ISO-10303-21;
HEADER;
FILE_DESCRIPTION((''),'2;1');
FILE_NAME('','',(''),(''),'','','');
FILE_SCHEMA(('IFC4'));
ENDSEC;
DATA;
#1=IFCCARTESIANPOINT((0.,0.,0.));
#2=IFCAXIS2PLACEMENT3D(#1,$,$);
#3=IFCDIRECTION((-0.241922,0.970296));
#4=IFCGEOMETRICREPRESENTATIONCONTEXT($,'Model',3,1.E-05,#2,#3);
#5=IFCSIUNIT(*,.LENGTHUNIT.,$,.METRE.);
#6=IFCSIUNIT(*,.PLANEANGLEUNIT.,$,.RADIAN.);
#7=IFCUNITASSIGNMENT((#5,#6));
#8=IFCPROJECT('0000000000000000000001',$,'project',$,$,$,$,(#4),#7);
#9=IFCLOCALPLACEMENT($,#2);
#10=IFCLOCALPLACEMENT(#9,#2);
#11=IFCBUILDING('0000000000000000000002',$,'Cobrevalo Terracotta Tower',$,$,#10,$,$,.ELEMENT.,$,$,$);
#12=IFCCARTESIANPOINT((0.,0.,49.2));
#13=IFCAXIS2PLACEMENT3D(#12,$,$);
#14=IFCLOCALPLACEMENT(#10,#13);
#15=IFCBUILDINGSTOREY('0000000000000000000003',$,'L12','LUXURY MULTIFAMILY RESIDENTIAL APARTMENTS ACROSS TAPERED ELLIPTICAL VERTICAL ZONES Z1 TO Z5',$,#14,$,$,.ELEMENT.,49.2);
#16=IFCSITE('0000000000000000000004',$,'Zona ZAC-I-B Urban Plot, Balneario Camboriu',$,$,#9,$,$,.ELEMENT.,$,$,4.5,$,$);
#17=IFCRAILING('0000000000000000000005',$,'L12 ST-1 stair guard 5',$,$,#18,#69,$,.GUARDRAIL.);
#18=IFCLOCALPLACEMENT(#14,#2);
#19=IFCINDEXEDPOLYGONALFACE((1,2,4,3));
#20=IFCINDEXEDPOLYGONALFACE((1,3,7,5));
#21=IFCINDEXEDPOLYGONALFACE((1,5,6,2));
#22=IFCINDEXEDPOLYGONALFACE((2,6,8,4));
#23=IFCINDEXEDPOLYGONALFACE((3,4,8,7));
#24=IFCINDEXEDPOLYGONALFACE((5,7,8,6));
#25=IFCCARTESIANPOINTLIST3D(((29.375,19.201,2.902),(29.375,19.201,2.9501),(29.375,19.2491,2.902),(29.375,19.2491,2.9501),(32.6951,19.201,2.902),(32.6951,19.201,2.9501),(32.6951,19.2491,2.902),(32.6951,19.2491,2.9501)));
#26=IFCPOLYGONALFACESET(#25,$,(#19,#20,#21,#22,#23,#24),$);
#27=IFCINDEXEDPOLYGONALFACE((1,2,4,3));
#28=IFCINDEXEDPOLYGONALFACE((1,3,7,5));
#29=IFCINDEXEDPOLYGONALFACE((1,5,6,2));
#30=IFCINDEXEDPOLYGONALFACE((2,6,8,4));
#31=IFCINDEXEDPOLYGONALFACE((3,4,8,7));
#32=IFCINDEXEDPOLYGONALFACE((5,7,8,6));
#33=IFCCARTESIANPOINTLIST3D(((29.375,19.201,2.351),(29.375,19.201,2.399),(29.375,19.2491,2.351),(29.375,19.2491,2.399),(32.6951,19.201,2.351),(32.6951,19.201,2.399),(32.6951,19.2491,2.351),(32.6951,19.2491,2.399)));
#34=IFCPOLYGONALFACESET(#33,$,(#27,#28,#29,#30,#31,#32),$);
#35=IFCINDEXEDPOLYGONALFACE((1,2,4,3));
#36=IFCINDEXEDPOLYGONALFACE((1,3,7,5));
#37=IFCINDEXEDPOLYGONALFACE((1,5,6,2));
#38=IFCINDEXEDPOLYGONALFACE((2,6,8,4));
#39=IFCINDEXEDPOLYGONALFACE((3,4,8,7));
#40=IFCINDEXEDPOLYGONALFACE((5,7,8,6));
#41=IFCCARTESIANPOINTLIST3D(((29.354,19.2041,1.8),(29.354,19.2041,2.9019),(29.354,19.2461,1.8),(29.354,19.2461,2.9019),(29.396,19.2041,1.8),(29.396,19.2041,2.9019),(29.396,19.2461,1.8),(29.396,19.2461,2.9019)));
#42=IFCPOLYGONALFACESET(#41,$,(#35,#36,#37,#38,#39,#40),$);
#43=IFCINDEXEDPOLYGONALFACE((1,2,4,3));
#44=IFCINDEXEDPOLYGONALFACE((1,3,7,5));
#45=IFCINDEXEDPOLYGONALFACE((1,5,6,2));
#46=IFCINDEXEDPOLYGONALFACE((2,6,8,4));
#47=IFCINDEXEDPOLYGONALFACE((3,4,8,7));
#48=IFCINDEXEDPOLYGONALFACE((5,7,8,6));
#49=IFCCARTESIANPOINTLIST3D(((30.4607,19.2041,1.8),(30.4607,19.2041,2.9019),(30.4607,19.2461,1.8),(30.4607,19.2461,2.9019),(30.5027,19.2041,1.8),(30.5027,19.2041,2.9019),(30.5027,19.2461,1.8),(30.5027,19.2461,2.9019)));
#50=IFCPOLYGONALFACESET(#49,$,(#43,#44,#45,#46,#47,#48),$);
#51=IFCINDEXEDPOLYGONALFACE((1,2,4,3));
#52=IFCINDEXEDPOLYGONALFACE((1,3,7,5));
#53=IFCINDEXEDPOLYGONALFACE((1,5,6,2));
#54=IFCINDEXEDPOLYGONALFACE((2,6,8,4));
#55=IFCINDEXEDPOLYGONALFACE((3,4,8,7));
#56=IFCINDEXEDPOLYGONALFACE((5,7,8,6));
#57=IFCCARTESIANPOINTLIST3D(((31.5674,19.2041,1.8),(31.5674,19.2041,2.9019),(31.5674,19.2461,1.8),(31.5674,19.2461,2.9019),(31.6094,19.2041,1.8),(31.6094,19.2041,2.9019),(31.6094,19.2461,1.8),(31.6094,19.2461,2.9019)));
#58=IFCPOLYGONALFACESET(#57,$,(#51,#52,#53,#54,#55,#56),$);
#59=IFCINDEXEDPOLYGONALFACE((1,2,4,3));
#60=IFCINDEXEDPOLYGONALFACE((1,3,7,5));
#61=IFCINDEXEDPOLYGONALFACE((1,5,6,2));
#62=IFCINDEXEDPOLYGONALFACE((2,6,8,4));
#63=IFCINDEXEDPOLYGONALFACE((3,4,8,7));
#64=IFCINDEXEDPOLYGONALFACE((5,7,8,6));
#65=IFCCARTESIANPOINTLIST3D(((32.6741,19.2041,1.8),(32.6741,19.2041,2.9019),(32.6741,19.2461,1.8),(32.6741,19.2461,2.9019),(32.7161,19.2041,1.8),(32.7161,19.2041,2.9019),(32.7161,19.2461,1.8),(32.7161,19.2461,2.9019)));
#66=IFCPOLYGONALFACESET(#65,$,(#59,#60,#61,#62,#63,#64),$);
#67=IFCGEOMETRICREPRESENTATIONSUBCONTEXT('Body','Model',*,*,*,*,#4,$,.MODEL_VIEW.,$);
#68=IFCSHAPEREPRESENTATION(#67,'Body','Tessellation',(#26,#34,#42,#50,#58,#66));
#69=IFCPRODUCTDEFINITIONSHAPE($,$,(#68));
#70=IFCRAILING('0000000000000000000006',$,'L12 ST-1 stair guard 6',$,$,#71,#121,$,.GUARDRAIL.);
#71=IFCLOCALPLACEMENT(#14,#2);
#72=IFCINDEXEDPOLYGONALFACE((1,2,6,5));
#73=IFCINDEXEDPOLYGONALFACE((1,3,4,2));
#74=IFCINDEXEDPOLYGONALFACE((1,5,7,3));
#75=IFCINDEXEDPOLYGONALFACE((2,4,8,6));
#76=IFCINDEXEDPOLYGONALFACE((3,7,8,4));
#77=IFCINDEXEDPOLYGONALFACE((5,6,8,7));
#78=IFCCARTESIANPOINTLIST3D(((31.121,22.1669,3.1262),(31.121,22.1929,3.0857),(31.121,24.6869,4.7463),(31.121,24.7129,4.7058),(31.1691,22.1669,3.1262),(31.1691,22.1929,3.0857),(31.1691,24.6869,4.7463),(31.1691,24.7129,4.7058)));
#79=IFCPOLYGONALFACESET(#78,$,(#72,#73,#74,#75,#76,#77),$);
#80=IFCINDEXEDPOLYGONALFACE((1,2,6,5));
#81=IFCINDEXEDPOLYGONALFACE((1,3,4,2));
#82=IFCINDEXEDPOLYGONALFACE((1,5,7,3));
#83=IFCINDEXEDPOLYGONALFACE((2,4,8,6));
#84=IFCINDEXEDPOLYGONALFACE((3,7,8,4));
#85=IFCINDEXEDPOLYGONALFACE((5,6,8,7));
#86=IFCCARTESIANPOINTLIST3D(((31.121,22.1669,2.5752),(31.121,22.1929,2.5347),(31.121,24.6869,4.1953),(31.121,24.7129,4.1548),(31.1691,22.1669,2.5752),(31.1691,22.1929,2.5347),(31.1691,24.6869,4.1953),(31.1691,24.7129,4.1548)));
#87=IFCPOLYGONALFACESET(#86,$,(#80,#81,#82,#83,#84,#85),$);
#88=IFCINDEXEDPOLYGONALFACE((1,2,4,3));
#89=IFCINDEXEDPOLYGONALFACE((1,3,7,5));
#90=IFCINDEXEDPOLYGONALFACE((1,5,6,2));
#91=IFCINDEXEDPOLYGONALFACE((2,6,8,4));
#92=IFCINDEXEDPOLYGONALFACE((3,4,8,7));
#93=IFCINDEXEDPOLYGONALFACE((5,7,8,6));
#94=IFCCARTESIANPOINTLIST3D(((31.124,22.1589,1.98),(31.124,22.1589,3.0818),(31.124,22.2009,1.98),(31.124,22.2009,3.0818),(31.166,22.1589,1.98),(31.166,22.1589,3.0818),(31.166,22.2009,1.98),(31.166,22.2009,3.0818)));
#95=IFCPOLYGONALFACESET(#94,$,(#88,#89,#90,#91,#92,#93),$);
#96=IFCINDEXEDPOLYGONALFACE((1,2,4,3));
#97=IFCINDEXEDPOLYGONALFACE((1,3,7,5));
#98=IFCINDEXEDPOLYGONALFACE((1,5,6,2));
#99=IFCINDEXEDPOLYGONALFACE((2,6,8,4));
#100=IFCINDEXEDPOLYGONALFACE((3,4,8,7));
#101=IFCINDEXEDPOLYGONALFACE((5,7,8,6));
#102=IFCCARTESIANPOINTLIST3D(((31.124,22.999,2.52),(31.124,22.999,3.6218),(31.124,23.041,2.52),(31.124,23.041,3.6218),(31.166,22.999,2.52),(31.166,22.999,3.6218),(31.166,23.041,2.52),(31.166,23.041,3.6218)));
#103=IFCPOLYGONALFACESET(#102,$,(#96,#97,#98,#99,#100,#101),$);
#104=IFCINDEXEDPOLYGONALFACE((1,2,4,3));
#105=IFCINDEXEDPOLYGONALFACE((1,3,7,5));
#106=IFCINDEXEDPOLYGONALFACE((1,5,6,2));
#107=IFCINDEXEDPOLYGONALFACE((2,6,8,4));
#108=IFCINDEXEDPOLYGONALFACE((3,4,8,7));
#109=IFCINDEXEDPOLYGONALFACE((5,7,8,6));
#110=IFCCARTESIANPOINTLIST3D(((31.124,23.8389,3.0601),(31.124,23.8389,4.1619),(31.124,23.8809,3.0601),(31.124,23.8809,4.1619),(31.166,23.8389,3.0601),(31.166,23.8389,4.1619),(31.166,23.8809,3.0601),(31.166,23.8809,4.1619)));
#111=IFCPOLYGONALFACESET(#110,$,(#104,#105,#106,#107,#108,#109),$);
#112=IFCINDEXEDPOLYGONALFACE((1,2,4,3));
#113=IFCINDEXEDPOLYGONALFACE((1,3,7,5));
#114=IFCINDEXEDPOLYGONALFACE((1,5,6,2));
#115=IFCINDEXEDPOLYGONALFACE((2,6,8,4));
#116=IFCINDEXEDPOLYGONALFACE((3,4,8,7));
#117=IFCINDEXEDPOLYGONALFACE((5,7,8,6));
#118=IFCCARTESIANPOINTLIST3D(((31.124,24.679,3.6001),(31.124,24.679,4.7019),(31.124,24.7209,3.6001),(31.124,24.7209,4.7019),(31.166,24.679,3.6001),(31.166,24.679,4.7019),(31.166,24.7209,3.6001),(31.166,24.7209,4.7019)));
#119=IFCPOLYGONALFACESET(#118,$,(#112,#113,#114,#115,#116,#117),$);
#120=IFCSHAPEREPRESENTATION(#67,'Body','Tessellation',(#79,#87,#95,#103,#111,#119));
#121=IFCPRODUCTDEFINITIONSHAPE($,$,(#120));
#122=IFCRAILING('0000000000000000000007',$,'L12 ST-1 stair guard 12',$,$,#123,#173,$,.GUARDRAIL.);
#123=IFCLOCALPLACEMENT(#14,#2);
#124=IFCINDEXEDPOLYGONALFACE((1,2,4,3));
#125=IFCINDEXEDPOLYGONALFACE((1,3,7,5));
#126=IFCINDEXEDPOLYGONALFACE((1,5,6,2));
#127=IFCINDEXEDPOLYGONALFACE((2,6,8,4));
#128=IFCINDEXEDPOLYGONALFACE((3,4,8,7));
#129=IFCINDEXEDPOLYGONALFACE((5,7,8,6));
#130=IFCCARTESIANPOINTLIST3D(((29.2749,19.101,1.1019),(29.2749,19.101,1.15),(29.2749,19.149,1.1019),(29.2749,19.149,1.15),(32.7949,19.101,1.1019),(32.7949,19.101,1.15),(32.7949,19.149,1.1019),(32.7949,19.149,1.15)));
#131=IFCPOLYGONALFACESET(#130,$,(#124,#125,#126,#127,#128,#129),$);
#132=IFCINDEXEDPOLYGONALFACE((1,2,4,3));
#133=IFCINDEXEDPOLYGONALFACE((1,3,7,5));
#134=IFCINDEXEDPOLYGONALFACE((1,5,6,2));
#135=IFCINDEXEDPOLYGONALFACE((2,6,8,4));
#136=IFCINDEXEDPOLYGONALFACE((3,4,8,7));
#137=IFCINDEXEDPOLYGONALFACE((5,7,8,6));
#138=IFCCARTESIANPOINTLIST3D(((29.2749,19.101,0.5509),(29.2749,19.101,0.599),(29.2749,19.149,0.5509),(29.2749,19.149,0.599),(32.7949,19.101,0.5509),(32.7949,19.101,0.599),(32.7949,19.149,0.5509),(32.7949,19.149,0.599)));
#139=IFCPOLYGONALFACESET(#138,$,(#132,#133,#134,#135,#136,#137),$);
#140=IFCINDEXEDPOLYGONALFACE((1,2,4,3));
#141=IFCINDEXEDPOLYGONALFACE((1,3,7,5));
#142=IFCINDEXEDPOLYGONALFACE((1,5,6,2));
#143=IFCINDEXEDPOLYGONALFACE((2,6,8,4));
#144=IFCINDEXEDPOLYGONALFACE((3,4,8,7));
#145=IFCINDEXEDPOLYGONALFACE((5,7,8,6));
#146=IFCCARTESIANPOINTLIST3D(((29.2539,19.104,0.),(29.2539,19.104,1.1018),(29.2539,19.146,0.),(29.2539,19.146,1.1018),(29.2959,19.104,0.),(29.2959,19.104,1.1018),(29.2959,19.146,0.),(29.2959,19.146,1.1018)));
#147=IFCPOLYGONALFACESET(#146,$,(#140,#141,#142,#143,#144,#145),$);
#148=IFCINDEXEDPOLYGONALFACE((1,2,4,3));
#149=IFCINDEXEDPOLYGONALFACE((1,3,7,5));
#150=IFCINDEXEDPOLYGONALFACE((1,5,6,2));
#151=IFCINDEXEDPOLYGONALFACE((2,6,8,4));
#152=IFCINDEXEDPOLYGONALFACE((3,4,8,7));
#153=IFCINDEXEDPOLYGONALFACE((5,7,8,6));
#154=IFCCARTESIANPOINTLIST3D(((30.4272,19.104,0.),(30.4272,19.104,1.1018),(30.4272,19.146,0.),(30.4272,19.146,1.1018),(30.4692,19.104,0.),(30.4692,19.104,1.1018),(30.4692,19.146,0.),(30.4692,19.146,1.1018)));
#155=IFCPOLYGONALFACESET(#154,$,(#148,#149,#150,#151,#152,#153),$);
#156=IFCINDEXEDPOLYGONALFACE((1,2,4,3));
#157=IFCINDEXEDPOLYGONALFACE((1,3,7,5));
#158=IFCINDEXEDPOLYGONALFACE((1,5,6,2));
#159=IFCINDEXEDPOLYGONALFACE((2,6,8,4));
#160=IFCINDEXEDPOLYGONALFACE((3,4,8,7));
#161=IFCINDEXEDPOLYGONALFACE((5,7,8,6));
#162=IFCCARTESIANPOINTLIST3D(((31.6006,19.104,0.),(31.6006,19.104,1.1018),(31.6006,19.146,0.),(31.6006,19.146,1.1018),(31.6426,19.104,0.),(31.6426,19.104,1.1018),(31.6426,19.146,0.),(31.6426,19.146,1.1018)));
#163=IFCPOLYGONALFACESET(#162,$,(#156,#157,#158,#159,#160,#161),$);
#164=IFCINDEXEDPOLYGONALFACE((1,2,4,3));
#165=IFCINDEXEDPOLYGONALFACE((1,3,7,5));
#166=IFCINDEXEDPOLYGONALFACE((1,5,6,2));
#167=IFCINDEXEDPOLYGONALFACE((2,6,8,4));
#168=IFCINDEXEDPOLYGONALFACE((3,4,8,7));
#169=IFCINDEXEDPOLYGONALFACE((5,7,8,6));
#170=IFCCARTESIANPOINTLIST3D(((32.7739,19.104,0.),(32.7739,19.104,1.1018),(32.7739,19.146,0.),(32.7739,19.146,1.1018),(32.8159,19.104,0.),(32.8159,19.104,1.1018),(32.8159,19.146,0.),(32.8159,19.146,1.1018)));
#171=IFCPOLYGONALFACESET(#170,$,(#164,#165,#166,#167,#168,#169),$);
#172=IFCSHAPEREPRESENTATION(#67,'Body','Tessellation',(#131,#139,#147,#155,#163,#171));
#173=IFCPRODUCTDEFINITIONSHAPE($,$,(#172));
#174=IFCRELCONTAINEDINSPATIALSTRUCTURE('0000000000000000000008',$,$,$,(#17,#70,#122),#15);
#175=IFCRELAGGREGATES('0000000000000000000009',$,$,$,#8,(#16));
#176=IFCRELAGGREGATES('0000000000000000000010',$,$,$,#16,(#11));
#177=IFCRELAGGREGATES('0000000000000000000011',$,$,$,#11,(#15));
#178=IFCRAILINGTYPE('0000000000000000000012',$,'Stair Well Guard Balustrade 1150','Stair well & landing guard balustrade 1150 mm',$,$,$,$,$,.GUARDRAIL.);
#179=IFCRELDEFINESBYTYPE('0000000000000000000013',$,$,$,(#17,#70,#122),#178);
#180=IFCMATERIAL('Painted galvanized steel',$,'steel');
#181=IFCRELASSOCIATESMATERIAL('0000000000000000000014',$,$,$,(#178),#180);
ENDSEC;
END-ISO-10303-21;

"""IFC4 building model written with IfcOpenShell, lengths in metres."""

from ifc_helpers import new_model, si_unit, direction, frame, origin, origin_2d, place, context, subcontext, project, spatial, rectangle, extrude, material, type_object, element, save


model = new_model("IFC4")

# Units and contexts
model_context = context("Model", 3, precision=1e-05, world=origin(), true_north=direction((-0.241922, 0.970296)))
body_context = subcontext(model_context, "Body", "Model", "MODEL_VIEW")
ifc_project = project(units=[si_unit("LENGTHUNIT", "METRE"), si_unit("PLANEANGLEUNIT", "RADIAN")], contexts=[model_context])

# Site, building, storey
site_placement = place(None, origin())
site = spatial("IfcSite", under=ifc_project, at=site_placement, Name="Zona ZAC-I-B Urban Plot, Balneario Camboriu", CompositionType="ELEMENT", RefElevation=4.5)
building_placement = place(site_placement, origin())
building = spatial("IfcBuilding", under=site, at=building_placement, Name="Cobrevalo Terracotta Tower", CompositionType="ELEMENT")
storey_placement = place(building_placement, frame((0.0, 0.0, 49.2)))
storey = spatial("IfcBuildingStorey", under=building, at=storey_placement, Name="L12", Description="LUXURY MULTIFAMILY RESIDENTIAL APARTMENTS ACROSS TAPERED ELLIPTICAL VERTICAL ZONES Z1 TO Z5", CompositionType="ELEMENT", Elevation=49.2)

# Railings
ifc_material_1 = material(Name="Painted galvanized steel", Category="steel")
railing_type_1 = type_object("IfcRailingType", Name="Stair Well Guard Balustrade 1150", Description="Stair well & landing guard balustrade 1150 mm", PredefinedType="GUARDRAIL", material=ifc_material_1)
railing_1_placement = place(storey_placement, frame((29.375, 19.2251, 1.8)))
element("IfcRailing", 1, at=railing_1_placement, inside=storey, type_object=railing_type_1, Name="L12 ST-1 stair guard 5", PredefinedType="GUARDRAIL", context=body_context, shape_type="SweptSolid", body=[
    extrude(rectangle(XDim=0.0481, YDim=0.0481, at=origin_2d()), frame((0.0, 0.0, 1.126), z_axis=(1.0, 0.0, 0.0), x_axis=(0.0, 1.0, 0.0)), (0.0, 0.0, 1.0), 3.3201),
    extrude(rectangle(XDim=0.0481, YDim=0.0481, at=origin_2d()), frame((0.0, 0.0, 0.575), z_axis=(1.0, 0.0, 0.0), x_axis=(0.0, 1.0, 0.0)), (0.0, 0.0, 1.0), 3.3201),
    extrude(rectangle(XDim=0.042, YDim=0.042, at=origin_2d()), origin(), (0.0, 0.0, 1.0), 1.1018),
    extrude(rectangle(XDim=0.042, YDim=0.042, at=origin_2d()), frame((1.1067, 0.0, 0.0)), (0.0, 0.0, 1.0), 1.1018),
    extrude(rectangle(XDim=0.042, YDim=0.042, at=origin_2d()), frame((2.2134, 0.0, 0.0)), (0.0, 0.0, 1.0), 1.1018),
    extrude(rectangle(XDim=0.042, YDim=0.042, at=origin_2d()), frame((3.3201, 0.0, 0.0)), (0.0, 0.0, 1.0), 1.1018),
])
railing_2_placement = place(storey_placement, frame((31.145, 22.1799, 1.98)))
element("IfcRailing", 2, at=railing_2_placement, inside=storey, type_object=railing_type_1, Name="L12 ST-1 stair guard 6", PredefinedType="GUARDRAIL", context=body_context, shape_type="SweptSolid", body=[
    extrude(rectangle(XDim=0.0481, YDim=0.0481, at=origin_2d()), frame((0.0, 0.0, 1.126), z_axis=(0.0, 0.841163, 0.540782), x_axis=(-1.0, 0.0, 0.0)), (0.0, 0.0, 1.0), 2.9958),
    extrude(rectangle(XDim=0.0481, YDim=0.0481, at=origin_2d()), frame((0.0, 0.0, 0.575), z_axis=(0.0, 0.841163, 0.540782), x_axis=(-1.0, 0.0, 0.0)), (0.0, 0.0, 1.0), 2.9958),
    extrude(rectangle(XDim=0.042, YDim=0.042, at=origin_2d()), origin(), (0.0, 0.0, 1.0), 1.1018),
    extrude(rectangle(XDim=0.042, YDim=0.042, at=origin_2d()), frame((0.0, 0.8401, 0.54)), (0.0, 0.0, 1.0), 1.1018),
    extrude(rectangle(XDim=0.042, YDim=0.042, at=origin_2d()), frame((0.0, 1.6799, 1.0801)), (0.0, 0.0, 1.0), 1.1018),
    extrude(rectangle(XDim=0.042, YDim=0.042, at=origin_2d()), frame((0.0, 2.52, 1.6201)), (0.0, 0.0, 1.0), 1.1018),
])
railing_3_placement = place(storey_placement, frame((29.2749, 19.125, 0.0)))
element("IfcRailing", 3, at=railing_3_placement, inside=storey, type_object=railing_type_1, Name="L12 ST-1 stair guard 12", PredefinedType="GUARDRAIL", context=body_context, shape_type="SweptSolid", body=[
    extrude(rectangle(XDim=0.0481, YDim=0.0481, at=origin_2d()), frame((0.0, 0.0, 1.126), z_axis=(1.0, 0.0, 0.0), x_axis=(0.0, 1.0, 0.0)), (0.0, 0.0, 1.0), 3.52),
    extrude(rectangle(XDim=0.0481, YDim=0.0481, at=origin_2d()), frame((0.0, 0.0, 0.575), z_axis=(1.0, 0.0, 0.0), x_axis=(0.0, 1.0, 0.0)), (0.0, 0.0, 1.0), 3.52),
    extrude(rectangle(XDim=0.042, YDim=0.042, at=origin_2d()), origin(), (0.0, 0.0, 1.0), 1.1018),
    extrude(rectangle(XDim=0.042, YDim=0.042, at=origin_2d()), frame((1.1733, 0.0, 0.0)), (0.0, 0.0, 1.0), 1.1018),
    extrude(rectangle(XDim=0.042, YDim=0.042, at=origin_2d()), frame((2.3467, 0.0, 0.0)), (0.0, 0.0, 1.0), 1.1018),
    extrude(rectangle(XDim=0.042, YDim=0.042, at=origin_2d()), frame((3.52, 0.0, 0.0)), (0.0, 0.0, 1.0), 1.1018),
])

save(model, "model.ifc")
